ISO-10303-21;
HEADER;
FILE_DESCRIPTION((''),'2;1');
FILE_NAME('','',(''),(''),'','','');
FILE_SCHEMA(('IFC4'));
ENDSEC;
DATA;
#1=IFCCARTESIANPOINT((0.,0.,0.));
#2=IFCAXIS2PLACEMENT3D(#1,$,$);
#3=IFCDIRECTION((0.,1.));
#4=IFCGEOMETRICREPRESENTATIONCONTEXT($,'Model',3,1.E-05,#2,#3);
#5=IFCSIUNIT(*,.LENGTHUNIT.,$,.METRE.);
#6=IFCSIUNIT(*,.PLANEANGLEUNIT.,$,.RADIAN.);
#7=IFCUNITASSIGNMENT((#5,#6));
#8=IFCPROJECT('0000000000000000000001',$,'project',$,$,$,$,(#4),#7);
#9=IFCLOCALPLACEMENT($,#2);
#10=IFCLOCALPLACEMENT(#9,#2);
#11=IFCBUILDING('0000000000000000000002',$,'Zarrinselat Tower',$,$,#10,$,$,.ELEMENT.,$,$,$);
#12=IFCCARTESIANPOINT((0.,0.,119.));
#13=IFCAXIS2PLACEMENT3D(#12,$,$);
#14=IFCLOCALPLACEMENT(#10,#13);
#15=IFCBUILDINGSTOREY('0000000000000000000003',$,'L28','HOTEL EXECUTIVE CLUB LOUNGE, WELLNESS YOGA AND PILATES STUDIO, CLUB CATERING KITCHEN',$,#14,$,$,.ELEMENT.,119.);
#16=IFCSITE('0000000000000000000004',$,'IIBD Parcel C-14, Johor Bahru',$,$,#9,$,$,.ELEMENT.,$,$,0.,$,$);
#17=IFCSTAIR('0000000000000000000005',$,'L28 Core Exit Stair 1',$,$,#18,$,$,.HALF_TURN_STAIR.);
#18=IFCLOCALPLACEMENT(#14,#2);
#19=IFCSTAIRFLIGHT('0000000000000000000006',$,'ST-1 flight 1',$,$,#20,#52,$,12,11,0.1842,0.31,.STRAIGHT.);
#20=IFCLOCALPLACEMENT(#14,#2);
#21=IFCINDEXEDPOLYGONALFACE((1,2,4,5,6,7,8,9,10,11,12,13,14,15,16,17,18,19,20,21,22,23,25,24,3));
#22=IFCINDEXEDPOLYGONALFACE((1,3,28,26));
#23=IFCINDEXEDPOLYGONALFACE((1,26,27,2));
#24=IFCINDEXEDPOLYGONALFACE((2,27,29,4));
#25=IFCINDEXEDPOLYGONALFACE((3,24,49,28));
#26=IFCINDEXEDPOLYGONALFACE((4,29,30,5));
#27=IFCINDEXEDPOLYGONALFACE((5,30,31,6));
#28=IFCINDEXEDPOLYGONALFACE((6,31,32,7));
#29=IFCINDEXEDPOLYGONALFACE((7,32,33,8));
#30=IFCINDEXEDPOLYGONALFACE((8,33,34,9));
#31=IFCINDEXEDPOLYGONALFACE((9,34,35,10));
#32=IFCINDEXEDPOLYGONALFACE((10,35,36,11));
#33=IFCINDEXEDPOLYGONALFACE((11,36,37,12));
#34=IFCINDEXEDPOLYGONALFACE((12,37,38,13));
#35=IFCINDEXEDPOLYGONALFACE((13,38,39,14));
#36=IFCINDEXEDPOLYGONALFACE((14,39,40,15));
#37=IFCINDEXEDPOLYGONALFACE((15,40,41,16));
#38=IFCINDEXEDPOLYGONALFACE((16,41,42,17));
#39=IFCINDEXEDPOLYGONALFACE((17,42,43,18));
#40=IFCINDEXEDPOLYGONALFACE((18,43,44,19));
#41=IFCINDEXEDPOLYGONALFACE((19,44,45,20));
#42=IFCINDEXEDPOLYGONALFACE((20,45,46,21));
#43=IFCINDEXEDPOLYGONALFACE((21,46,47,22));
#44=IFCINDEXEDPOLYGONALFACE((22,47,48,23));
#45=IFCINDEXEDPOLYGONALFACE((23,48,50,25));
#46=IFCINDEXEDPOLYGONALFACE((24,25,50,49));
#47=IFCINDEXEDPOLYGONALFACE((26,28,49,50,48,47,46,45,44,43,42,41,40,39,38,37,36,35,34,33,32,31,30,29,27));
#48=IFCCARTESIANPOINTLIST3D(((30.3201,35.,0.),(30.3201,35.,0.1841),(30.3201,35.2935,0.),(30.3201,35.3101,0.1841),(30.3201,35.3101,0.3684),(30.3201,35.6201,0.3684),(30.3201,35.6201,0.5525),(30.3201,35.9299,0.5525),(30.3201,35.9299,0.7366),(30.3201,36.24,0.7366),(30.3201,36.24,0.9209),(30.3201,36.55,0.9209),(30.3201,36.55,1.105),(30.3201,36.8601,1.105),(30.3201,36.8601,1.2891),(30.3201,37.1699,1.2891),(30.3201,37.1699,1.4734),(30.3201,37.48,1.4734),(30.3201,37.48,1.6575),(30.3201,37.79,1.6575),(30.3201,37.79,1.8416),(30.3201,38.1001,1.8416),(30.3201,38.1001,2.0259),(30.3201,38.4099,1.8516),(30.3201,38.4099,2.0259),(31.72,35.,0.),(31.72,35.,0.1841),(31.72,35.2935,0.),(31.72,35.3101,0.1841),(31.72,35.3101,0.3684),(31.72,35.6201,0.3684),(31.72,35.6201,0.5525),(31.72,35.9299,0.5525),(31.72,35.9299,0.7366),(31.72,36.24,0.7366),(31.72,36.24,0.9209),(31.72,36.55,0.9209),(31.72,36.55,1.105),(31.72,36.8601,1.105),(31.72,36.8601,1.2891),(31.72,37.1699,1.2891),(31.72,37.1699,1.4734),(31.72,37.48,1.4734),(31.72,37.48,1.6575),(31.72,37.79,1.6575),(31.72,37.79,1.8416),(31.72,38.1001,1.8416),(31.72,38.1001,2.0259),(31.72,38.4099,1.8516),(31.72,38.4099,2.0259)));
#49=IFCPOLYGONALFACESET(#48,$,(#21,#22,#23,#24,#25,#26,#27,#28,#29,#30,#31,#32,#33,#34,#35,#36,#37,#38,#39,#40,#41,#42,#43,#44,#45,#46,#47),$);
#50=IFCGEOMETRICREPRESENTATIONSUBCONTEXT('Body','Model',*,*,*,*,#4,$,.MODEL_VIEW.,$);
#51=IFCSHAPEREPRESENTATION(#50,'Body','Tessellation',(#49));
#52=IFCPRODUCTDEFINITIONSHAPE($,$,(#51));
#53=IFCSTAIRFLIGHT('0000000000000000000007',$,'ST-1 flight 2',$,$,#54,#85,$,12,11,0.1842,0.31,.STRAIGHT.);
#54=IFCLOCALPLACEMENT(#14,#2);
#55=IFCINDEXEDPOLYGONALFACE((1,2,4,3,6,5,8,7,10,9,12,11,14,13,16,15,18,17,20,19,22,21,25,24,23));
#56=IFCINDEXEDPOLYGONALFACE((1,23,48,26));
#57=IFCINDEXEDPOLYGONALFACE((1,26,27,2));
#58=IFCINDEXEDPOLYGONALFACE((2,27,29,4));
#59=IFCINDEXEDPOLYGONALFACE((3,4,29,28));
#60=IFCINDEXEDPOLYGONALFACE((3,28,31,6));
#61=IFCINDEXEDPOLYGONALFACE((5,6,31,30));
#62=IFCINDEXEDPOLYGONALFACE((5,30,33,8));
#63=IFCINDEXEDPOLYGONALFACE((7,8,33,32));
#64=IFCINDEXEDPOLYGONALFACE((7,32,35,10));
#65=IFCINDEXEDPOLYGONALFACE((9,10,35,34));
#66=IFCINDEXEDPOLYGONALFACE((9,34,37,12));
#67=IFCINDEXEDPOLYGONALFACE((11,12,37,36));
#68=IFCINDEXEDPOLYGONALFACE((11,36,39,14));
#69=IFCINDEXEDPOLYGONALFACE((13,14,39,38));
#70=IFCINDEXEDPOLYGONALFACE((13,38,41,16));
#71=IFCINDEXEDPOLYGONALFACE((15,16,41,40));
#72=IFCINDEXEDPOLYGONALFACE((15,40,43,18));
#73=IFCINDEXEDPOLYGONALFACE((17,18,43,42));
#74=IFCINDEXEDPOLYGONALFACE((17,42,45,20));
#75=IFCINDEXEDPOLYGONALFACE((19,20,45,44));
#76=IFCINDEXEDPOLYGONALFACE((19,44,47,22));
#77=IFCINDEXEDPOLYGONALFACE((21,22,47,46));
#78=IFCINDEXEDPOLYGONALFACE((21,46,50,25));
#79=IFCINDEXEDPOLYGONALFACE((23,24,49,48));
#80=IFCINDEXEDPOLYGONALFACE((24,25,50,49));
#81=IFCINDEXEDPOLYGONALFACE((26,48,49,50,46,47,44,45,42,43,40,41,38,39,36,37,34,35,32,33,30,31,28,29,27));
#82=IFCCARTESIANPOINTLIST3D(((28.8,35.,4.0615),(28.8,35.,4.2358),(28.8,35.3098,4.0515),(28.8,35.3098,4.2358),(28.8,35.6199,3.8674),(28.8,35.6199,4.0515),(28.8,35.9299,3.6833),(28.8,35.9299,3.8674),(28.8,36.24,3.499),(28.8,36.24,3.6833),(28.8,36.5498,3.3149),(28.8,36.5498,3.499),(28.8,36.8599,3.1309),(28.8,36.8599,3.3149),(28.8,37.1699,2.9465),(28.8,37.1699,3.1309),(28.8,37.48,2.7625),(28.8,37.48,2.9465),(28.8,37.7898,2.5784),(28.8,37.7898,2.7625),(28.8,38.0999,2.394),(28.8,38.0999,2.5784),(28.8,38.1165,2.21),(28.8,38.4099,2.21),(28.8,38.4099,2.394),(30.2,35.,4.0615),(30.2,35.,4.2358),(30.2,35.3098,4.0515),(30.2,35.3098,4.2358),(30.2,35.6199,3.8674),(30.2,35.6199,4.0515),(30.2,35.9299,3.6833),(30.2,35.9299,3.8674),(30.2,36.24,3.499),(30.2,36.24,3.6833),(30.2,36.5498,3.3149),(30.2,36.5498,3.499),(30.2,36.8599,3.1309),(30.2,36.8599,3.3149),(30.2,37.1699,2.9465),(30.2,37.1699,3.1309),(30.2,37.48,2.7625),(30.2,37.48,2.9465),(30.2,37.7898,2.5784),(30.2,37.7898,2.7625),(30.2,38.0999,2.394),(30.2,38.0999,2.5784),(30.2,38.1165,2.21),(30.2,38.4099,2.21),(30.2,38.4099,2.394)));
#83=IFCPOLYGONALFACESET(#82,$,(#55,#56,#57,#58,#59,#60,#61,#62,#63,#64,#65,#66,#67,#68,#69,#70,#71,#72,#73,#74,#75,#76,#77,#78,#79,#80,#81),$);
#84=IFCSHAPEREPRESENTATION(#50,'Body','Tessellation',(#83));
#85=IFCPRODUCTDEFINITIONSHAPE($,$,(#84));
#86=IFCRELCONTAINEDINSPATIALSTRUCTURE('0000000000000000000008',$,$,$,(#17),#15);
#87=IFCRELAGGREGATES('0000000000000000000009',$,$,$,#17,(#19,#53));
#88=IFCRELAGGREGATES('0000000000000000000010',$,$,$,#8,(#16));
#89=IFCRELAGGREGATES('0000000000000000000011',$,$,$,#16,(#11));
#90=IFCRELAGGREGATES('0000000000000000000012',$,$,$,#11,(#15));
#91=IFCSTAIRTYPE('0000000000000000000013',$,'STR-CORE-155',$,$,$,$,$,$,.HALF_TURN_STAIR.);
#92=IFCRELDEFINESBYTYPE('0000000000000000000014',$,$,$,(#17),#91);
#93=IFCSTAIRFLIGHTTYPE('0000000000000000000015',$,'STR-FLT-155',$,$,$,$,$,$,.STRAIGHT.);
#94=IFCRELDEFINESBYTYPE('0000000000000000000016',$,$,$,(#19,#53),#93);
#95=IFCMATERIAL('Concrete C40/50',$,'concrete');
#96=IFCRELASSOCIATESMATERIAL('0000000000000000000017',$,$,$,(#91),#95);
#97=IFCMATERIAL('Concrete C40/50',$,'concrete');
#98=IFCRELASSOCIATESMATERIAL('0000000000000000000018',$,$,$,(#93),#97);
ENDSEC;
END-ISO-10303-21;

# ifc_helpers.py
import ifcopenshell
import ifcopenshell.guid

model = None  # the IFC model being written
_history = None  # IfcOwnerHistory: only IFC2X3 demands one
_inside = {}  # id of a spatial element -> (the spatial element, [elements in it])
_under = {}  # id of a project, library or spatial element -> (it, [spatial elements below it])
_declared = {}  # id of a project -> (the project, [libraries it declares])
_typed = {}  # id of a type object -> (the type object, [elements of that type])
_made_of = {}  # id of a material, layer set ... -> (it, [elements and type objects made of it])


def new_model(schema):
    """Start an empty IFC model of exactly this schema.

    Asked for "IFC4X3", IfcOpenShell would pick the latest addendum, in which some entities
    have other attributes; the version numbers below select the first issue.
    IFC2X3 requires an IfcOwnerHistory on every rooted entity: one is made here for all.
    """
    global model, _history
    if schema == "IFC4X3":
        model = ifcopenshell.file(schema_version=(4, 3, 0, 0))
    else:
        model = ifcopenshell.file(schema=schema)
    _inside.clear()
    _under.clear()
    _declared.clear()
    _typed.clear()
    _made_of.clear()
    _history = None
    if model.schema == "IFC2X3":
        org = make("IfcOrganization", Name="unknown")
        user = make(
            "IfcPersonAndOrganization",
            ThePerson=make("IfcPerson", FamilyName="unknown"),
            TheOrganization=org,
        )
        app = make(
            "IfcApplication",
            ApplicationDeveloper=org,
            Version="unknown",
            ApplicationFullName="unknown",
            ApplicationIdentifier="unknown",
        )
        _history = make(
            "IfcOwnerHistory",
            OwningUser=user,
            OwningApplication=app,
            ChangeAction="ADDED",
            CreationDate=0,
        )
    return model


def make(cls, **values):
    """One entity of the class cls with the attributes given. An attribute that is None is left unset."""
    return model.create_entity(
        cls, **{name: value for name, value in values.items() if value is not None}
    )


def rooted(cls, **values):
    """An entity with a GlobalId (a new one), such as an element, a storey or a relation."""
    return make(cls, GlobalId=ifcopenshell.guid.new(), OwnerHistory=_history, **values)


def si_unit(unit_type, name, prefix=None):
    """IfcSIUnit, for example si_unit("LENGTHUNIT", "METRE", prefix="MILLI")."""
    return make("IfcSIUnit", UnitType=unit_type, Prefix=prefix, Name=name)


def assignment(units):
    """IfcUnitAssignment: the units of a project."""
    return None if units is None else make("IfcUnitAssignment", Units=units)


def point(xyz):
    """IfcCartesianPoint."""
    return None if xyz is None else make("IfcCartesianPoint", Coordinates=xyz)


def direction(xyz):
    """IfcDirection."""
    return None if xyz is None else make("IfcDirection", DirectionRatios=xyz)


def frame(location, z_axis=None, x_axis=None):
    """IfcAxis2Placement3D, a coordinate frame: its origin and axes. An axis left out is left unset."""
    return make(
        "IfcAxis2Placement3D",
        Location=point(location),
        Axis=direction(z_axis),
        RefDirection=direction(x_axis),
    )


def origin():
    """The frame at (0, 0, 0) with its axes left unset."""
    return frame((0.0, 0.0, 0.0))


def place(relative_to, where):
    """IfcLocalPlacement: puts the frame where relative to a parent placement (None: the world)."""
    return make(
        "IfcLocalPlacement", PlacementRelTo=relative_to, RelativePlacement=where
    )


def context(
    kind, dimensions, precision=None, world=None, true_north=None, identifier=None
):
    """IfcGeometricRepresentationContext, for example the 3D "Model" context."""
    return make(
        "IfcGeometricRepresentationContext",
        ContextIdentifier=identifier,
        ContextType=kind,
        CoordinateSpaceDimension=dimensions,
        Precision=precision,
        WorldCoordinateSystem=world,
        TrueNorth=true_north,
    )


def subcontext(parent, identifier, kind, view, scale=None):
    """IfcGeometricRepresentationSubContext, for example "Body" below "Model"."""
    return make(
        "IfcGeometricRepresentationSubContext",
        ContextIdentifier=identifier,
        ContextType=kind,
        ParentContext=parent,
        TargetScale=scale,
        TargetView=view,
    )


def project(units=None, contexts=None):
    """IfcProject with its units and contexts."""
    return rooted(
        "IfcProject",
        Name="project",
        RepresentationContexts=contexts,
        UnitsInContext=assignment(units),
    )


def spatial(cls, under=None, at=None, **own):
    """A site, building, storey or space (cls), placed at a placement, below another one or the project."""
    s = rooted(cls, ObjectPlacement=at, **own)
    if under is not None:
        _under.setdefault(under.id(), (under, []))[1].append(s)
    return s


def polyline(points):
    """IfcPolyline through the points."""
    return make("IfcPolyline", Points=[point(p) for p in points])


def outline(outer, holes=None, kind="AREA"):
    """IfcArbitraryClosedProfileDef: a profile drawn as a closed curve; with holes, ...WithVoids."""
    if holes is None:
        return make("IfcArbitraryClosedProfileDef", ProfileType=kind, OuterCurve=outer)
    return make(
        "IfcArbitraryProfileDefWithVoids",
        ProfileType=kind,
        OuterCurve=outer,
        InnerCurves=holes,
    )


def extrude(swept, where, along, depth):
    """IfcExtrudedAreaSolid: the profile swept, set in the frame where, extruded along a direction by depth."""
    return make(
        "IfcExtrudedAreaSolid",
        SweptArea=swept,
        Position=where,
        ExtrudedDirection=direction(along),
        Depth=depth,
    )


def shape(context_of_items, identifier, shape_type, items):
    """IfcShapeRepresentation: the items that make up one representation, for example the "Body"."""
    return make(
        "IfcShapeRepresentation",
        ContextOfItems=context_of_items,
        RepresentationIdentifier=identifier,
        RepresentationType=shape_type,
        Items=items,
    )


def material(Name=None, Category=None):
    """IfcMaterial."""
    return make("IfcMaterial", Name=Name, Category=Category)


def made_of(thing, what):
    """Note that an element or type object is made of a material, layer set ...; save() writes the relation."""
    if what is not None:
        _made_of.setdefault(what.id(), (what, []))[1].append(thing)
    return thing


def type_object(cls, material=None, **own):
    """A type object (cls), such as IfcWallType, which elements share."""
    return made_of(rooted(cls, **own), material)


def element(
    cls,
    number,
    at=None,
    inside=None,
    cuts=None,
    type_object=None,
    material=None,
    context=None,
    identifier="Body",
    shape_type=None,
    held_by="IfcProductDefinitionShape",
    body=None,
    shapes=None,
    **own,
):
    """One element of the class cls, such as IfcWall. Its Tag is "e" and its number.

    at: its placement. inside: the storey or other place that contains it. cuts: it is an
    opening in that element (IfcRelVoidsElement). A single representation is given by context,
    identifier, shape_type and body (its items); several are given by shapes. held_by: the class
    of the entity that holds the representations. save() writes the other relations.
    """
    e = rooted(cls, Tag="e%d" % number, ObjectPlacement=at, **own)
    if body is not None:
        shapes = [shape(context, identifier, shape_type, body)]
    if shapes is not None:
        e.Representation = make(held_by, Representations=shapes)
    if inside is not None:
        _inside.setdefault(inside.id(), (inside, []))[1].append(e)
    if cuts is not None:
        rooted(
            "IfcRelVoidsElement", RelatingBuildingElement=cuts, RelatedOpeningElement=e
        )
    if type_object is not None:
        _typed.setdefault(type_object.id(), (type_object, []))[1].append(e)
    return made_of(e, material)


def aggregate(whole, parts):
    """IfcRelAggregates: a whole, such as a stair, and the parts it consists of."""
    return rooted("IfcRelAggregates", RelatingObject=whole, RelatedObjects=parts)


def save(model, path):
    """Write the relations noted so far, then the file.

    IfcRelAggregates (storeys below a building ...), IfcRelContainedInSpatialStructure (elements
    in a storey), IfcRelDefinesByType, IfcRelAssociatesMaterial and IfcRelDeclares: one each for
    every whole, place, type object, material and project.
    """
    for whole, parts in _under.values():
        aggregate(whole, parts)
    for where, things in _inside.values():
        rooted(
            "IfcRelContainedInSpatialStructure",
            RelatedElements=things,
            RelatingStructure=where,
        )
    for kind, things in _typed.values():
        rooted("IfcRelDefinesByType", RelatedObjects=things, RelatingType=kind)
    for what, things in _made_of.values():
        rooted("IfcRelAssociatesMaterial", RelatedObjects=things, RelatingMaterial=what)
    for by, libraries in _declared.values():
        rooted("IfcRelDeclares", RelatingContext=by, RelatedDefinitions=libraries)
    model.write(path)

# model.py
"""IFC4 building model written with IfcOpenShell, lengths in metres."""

from ifc_helpers import new_model, si_unit, direction, frame, origin, place, context, subcontext, project, spatial, polyline, outline, extrude, material, type_object, element, aggregate, save


model = new_model("IFC4")

# Units and contexts
model_context = context("Model", 3, precision=1e-05, world=origin(), true_north=direction((0.0, 1.0)))
body_context = subcontext(model_context, "Body", "Model", "MODEL_VIEW")
ifc_project = project(units=[si_unit("LENGTHUNIT", "METRE"), si_unit("PLANEANGLEUNIT", "RADIAN")], contexts=[model_context])

# Site, building, storey
site_placement = place(None, origin())
site = spatial("IfcSite", under=ifc_project, at=site_placement, Name="IIBD Parcel C-14, Johor Bahru", CompositionType="ELEMENT", RefElevation=0.0)
building_placement = place(site_placement, origin())
building = spatial("IfcBuilding", under=site, at=building_placement, Name="Zarrinselat Tower", CompositionType="ELEMENT")
storey_placement = place(building_placement, frame((0.0, 0.0, 119.0)))
storey = spatial("IfcBuildingStorey", under=building, at=storey_placement, Name="L28", Description="HOTEL EXECUTIVE CLUB LOUNGE, WELLNESS YOGA AND PILATES STUDIO, CLUB CATERING KITCHEN", CompositionType="ELEMENT", Elevation=119.0)

# Stair, stair flights
ifc_material_1 = material(Name="Concrete C40/50", Category="concrete")
stair_type_1 = type_object("IfcStairType", Name="STR-CORE-155", PredefinedType="HALF_TURN_STAIR", material=ifc_material_1)
stair_1_placement = place(storey_placement, origin())
stair_1 = element("IfcStair", 1, at=stair_1_placement, inside=storey, type_object=stair_type_1, Name="L28 Core Exit Stair 1", PredefinedType="HALF_TURN_STAIR")
ifc_material_2 = material(Name="Concrete C40/50", Category="concrete")
stair_flight_type_1 = type_object("IfcStairFlightType", Name="STR-FLT-155", PredefinedType="STRAIGHT", material=ifc_material_2)
stair_flight_1_placement = place(storey_placement, frame((31.02, 35.0, 0.0), z_axis=(0.0, 0.0, 1.0), x_axis=(0.0, 1.0, 0.0)))
stair_flight_1 = element("IfcStairFlight", 2, at=stair_flight_1_placement, type_object=stair_flight_type_1, Name="ST-1 flight 1", NumberOfRisers=12, NumberOfTreads=11, PredefinedType="STRAIGHT", RiserHeight=0.1842, TreadLength=0.31, context=body_context, shape_type="SweptSolid", body=[
    extrude(outline(polyline([(0.0, 0.0), (0.0, 0.1841), (0.3101, 0.1841), (0.3101, 0.3684), (0.6201, 0.3684), (0.6201, 0.5525), (0.9299, 0.5525), (0.9299, 0.7366), (1.24, 0.7366), (1.24, 0.9209), (1.55, 0.9209), (1.55, 1.105), (1.8601, 1.105), (1.8601, 1.2891), (2.1699, 1.2891), (2.1699, 1.4734), (2.48, 1.4734), (2.48, 1.6575), (2.79, 1.6575), (2.79, 1.8416), (3.1001, 1.8416), (3.1001, 2.0259), (3.4099, 2.0259), (3.4099, 2.21), (3.4099, 1.8516), (0.2935, 0.0), (0.0, 0.0)])), frame((0.0, 0.7, 0.0), z_axis=(0.0, -1.0, 0.0), x_axis=(1.0, 0.0, 0.0)), (0.0, 0.0, 1.0), 1.3999),
])
stair_flight_2_placement = place(storey_placement, frame((29.5, 38.4099, 2.21), z_axis=(0.0, 0.0, 1.0), x_axis=(0.0, -1.0, 0.0)))
stair_flight_2 = element("IfcStairFlight", 3, at=stair_flight_2_placement, type_object=stair_flight_type_1, Name="ST-1 flight 2", NumberOfRisers=12, NumberOfTreads=11, PredefinedType="STRAIGHT", RiserHeight=0.1842, TreadLength=0.31, context=body_context, shape_type="SweptSolid", body=[
    extrude(outline(polyline([(0.0, 0.0), (0.0, 0.1841), (0.3101, 0.1841), (0.3101, 0.3684), (0.6201, 0.3684), (0.6201, 0.5525), (0.9299, 0.5525), (0.9299, 0.7366), (1.24, 0.7366), (1.24, 0.9209), (1.55, 0.9209), (1.55, 1.105), (1.8601, 1.105), (1.8601, 1.2891), (2.1699, 1.2891), (2.1699, 1.4734), (2.48, 1.4734), (2.48, 1.6575), (2.79, 1.6575), (2.79, 1.8416), (3.1001, 1.8416), (3.1001, 2.0259), (3.4099, 2.0259), (3.4099, 2.21), (3.4099, 1.8516), (0.2935, 0.0), (0.0, 0.0)])), frame((0.0, 0.7, 0.0), z_axis=(0.0, -1.0, 0.0), x_axis=(1.0, 0.0, 0.0)), (0.0, 0.0, 1.0), 1.3999),
])
aggregate(stair_1, [stair_flight_1, stair_flight_2])

save(model, "model.ifc")
